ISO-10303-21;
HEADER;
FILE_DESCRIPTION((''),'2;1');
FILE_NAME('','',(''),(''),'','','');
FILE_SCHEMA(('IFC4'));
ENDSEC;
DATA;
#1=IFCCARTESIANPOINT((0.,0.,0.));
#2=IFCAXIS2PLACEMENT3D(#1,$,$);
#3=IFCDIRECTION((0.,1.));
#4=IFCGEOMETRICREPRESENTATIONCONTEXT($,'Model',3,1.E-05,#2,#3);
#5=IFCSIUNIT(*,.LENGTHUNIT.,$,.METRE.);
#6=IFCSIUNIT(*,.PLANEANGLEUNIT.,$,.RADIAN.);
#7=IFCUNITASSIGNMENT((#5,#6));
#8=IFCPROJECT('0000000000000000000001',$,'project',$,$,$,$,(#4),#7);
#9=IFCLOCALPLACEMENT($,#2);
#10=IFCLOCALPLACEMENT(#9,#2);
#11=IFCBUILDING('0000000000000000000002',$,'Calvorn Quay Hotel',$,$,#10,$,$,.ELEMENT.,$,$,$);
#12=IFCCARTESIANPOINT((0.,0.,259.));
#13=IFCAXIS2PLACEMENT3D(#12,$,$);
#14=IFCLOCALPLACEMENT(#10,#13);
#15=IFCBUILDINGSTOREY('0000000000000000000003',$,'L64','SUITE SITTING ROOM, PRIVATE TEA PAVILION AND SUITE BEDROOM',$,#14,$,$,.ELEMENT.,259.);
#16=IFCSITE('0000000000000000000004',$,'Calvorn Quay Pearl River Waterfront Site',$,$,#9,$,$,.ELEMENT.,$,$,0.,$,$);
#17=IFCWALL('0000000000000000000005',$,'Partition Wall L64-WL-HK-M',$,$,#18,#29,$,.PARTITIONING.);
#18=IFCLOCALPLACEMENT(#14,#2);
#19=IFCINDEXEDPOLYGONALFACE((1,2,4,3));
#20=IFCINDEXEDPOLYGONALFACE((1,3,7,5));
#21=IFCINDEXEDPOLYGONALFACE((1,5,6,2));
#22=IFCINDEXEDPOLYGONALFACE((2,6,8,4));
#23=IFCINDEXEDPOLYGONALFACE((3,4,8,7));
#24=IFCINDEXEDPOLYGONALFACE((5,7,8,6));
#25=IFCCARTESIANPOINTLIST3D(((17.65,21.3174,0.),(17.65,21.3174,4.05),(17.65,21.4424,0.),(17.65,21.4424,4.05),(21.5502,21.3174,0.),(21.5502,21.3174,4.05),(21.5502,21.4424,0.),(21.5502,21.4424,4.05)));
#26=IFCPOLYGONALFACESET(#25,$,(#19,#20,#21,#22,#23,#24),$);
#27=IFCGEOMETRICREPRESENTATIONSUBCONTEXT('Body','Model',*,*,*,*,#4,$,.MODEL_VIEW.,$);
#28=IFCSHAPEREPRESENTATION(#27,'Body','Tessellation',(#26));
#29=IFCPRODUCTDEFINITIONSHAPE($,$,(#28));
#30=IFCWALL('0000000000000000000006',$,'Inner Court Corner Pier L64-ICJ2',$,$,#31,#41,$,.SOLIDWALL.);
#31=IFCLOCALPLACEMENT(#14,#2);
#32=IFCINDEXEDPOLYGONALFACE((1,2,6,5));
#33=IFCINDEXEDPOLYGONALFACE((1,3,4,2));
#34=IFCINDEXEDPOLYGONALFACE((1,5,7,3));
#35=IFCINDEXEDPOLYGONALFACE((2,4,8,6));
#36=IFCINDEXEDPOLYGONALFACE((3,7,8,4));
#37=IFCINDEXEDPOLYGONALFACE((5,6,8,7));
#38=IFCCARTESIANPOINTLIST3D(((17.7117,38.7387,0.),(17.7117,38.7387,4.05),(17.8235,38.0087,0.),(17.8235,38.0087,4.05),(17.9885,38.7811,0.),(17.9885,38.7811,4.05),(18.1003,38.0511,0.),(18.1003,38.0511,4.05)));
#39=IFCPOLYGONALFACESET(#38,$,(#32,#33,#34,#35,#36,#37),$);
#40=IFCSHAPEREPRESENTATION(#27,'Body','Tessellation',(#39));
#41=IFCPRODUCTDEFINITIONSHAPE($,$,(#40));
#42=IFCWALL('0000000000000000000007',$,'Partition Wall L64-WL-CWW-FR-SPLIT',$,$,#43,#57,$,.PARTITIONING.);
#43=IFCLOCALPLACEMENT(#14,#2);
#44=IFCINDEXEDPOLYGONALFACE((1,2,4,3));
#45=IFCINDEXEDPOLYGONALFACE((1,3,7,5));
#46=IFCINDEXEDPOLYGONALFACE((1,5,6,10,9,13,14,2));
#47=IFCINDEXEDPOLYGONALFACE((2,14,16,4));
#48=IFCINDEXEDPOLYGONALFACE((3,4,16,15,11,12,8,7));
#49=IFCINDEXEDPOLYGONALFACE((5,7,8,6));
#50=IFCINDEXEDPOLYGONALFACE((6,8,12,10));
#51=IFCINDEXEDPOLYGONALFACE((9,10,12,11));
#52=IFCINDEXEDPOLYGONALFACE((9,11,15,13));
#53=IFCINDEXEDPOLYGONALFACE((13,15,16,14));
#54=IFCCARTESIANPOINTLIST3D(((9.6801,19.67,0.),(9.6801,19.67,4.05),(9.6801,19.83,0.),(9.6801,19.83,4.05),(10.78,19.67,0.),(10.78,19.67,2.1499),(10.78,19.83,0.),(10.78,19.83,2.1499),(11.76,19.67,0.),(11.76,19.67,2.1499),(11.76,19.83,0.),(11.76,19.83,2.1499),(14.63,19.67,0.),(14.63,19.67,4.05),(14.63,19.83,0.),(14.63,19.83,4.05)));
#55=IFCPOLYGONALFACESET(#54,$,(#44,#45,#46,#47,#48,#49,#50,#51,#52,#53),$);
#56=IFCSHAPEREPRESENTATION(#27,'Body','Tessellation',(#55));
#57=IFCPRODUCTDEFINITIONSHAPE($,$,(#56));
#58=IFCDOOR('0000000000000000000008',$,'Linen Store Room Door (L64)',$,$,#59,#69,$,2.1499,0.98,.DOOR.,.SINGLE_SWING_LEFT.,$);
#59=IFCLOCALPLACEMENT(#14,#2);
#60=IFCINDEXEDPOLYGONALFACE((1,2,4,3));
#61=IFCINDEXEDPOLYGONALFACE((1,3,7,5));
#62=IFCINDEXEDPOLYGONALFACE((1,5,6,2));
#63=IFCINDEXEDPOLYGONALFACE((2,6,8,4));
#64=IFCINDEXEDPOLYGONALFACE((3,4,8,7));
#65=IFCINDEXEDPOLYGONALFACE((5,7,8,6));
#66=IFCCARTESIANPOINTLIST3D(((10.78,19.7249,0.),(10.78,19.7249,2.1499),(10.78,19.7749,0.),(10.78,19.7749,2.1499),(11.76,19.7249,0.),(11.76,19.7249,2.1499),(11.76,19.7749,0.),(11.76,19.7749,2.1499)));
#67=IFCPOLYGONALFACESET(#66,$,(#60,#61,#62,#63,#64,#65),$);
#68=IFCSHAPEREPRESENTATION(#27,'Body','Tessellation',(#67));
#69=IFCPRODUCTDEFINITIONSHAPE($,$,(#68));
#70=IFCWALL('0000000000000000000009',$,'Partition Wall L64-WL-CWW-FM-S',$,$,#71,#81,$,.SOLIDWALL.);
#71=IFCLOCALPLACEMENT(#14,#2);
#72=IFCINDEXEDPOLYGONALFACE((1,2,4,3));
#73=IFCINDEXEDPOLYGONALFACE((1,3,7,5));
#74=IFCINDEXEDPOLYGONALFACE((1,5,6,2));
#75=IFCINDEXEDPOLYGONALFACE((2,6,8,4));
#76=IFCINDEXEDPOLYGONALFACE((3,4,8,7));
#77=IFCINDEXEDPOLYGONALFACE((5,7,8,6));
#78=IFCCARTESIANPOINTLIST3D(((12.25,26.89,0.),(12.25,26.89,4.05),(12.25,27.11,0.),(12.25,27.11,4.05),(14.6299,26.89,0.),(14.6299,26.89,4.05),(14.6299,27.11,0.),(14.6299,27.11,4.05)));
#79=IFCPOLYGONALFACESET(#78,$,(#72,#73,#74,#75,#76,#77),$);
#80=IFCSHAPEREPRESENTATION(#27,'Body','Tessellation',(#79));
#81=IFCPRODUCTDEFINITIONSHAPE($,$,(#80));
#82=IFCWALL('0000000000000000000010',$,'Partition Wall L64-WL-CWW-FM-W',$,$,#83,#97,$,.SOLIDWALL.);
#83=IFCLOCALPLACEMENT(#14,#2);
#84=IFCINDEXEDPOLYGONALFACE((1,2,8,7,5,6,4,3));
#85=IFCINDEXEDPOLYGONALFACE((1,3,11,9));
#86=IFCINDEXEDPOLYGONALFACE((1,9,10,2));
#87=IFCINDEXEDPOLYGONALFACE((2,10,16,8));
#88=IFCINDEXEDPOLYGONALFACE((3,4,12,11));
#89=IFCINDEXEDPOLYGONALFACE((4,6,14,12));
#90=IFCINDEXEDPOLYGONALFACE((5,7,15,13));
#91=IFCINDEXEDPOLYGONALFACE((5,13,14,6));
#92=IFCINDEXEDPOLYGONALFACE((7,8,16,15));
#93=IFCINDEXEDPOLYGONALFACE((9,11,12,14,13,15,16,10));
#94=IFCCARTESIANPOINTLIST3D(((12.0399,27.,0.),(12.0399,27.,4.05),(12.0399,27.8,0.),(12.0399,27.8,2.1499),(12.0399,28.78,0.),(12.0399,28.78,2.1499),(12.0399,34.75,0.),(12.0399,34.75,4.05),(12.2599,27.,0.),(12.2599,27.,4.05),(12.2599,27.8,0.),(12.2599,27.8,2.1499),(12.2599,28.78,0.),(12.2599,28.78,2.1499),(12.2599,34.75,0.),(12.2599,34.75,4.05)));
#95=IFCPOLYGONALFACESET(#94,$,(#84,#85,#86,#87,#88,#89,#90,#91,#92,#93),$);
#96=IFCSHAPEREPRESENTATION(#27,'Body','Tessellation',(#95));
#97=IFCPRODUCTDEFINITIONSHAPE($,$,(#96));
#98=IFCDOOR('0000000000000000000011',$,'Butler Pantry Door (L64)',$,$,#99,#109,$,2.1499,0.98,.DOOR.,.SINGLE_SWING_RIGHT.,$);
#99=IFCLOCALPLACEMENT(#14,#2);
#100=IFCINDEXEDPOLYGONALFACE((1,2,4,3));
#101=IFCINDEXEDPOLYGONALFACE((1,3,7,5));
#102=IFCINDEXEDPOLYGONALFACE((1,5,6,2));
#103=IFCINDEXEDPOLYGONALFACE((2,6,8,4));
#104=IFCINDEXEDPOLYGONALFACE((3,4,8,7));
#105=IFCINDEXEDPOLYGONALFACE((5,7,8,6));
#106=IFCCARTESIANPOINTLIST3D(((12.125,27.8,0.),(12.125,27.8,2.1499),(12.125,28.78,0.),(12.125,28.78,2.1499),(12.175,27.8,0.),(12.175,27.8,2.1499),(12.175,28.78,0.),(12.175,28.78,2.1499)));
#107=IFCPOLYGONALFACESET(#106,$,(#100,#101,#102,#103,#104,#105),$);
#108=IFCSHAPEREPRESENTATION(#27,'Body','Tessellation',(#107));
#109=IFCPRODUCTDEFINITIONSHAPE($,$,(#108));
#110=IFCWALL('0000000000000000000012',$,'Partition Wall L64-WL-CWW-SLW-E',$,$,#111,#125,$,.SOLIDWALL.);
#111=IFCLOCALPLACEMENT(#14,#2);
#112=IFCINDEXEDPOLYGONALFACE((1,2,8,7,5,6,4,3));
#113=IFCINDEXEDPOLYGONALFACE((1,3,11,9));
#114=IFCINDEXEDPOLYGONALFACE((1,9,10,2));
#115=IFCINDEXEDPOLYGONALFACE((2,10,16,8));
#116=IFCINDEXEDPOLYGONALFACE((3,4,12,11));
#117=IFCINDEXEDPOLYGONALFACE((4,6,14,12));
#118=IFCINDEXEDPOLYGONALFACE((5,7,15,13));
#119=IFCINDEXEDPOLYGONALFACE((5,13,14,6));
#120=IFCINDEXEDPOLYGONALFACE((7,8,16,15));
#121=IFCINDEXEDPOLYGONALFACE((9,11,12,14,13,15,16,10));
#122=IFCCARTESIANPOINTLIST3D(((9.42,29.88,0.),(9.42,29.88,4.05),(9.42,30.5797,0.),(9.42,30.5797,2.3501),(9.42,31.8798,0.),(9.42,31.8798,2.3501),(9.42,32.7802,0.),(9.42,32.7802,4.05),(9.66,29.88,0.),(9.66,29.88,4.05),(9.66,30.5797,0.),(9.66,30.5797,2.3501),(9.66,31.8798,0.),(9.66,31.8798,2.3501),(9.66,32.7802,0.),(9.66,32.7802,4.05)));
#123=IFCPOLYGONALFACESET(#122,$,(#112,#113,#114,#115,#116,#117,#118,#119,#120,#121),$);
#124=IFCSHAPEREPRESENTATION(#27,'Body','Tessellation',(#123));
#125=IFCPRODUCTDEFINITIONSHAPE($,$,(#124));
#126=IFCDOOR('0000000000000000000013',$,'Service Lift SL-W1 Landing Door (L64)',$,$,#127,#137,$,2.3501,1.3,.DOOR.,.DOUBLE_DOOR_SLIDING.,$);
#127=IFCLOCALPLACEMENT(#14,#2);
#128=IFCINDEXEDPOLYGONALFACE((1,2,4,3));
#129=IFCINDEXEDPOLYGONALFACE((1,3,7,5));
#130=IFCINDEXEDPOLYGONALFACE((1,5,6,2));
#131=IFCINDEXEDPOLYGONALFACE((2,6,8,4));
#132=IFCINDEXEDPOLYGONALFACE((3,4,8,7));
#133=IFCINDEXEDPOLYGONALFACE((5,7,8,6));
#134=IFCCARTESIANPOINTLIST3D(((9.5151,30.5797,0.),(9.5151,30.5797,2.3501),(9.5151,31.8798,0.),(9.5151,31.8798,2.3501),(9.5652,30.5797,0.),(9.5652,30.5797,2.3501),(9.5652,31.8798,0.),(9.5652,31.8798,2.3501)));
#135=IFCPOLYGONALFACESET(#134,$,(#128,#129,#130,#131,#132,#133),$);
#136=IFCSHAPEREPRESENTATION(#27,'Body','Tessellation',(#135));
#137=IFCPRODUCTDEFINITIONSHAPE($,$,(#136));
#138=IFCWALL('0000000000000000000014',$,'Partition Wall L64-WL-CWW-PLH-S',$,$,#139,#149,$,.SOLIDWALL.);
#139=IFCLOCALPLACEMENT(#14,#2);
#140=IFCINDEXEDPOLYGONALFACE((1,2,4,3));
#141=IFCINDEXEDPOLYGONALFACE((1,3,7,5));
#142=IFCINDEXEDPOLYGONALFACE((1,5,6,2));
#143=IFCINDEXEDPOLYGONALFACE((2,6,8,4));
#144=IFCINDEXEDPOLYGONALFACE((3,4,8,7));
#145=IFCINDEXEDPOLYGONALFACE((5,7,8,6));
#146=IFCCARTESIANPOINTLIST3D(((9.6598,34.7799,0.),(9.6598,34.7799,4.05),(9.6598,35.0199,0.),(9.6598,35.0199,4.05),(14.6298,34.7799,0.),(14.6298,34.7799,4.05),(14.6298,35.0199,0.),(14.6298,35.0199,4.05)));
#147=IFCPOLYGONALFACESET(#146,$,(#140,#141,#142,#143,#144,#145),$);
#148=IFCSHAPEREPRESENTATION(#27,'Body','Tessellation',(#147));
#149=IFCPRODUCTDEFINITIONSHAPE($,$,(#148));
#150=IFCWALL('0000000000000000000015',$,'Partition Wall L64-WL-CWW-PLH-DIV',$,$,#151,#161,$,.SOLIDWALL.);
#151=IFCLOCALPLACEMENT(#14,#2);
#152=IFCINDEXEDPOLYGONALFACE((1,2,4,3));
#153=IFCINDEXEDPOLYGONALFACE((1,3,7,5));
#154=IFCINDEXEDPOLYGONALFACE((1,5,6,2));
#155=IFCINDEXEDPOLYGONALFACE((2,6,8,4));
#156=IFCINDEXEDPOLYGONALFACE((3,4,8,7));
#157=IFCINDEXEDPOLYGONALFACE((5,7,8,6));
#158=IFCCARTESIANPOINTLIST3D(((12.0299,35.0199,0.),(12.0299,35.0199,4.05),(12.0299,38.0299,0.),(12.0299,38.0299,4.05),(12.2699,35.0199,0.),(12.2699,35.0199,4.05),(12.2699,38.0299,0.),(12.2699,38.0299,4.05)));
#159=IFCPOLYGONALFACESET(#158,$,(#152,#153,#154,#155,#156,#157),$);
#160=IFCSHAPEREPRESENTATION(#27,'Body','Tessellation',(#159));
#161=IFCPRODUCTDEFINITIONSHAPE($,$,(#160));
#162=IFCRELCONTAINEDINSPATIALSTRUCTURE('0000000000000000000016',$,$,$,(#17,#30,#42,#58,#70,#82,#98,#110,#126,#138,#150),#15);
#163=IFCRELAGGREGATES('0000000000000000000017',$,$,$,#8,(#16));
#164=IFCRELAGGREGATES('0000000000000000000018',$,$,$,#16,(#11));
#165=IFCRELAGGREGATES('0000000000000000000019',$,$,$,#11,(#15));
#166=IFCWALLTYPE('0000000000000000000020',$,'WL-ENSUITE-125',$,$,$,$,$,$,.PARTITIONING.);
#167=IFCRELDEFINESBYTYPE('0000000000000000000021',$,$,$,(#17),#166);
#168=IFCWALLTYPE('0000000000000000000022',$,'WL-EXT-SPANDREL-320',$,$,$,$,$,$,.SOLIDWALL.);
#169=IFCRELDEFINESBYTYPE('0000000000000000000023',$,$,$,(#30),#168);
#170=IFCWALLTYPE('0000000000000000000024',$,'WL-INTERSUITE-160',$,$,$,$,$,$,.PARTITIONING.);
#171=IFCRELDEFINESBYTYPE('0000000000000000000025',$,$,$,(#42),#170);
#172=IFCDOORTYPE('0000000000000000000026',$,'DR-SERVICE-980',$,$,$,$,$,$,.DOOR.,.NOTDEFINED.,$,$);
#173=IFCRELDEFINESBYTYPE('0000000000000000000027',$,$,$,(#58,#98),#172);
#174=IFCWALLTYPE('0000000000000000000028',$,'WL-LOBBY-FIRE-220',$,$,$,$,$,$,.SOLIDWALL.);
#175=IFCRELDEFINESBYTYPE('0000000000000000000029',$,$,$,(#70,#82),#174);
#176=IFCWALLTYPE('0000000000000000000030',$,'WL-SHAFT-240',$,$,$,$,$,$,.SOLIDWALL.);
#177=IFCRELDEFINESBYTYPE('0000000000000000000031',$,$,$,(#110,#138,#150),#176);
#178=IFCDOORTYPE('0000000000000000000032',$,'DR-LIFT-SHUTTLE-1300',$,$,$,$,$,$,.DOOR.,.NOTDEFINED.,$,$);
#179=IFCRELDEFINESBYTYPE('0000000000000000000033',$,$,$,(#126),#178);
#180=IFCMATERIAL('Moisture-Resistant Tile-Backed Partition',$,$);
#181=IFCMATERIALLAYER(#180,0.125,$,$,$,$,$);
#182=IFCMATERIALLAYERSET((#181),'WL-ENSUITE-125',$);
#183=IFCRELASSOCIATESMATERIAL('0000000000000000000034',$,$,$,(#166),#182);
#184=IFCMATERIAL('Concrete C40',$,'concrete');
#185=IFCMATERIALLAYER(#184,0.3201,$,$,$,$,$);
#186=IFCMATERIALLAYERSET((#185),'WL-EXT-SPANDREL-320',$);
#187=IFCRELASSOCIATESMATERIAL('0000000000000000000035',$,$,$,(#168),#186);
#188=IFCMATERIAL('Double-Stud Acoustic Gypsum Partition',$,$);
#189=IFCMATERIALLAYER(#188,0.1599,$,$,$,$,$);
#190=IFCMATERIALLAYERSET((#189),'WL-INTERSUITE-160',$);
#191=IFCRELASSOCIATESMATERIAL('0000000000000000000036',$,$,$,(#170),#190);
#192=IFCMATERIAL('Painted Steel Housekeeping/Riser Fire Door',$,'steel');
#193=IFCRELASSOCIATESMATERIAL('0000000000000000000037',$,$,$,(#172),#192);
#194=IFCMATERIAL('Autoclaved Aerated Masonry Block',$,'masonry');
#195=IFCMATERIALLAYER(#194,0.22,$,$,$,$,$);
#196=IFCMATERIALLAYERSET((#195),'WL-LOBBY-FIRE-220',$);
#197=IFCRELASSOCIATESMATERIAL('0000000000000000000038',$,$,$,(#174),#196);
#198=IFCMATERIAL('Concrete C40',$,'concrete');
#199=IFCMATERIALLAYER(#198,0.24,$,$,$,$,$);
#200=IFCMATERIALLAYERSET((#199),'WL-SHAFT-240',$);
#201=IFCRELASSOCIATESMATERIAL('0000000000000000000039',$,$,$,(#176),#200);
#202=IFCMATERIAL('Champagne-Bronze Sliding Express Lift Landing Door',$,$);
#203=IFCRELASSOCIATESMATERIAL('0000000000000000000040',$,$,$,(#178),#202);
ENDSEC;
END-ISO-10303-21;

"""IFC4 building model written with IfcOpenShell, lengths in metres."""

from ifc_helpers import new_model, si_unit, direction, frame, frame_2d, origin, place, context, subcontext, project, spatial, rectangle, extrude, material, layer, layer_set, type_object, element, fill, save


model = new_model("IFC4")

# Units and contexts
model_context = context("Model", 3, precision=1e-05, world=origin(), true_north=direction((0.0, 1.0)))
body_context = subcontext(model_context, "Body", "Model", "MODEL_VIEW")
ifc_project = project(units=[si_unit("LENGTHUNIT", "METRE"), si_unit("PLANEANGLEUNIT", "RADIAN")], contexts=[model_context])

# Site, building, storey
site_placement = place(None, origin())
site = spatial("IfcSite", under=ifc_project, at=site_placement, Name="Calvorn Quay Pearl River Waterfront Site", CompositionType="ELEMENT", RefElevation=0.0)
building_placement = place(site_placement, origin())
building = spatial("IfcBuilding", under=site, at=building_placement, Name="Calvorn Quay Hotel", CompositionType="ELEMENT")
storey_placement = place(building_placement, frame((0.0, 0.0, 259.0)))
storey = spatial("IfcBuildingStorey", under=building, at=storey_placement, Name="L64", Description="SUITE SITTING ROOM, PRIVATE TEA PAVILION AND SUITE BEDROOM", CompositionType="ELEMENT", Elevation=259.0)

# Walls
ifc_material_1 = material(Name="Moisture-Resistant Tile-Backed Partition")
ifc_layer_1 = layer(ifc_material_1, 0.125)
ifc_layer_set_1 = layer_set([ifc_layer_1], Name="WL-ENSUITE-125")
wall_type_1 = type_object("IfcWallType", Name="WL-ENSUITE-125", PredefinedType="PARTITIONING", material=ifc_layer_set_1)
wall_1_placement = place(storey_placement, frame((17.6499, 21.3799, 0.0), z_axis=(0.0, 0.0, 1.0), x_axis=(1.0, 0.0, 0.0)))
element("IfcWall", 1, at=wall_1_placement, inside=storey, type_object=wall_type_1, Name="Partition Wall L64-WL-HK-M", PredefinedType="PARTITIONING", context=body_context, shape_type="SweptSolid", body=[
    extrude(rectangle(XDim=3.9001, YDim=0.125, at=frame_2d((1.9502, 0.0))), origin(), (0.0, 0.0, 1.0), 4.05),
])
ifc_material_2 = material(Name="Concrete C40", Category="concrete")
ifc_layer_2 = layer(ifc_material_2, 0.3201)
ifc_layer_set_2 = layer_set([ifc_layer_2], Name="WL-EXT-SPANDREL-320")
wall_type_2 = type_object("IfcWallType", Name="WL-EXT-SPANDREL-320", PredefinedType="SOLIDWALL", material=ifc_layer_set_2)
wall_2_placement = place(storey_placement, frame((17.9619, 38.03, 0.0), z_axis=(0.0, 0.0, 1.0), x_axis=(-0.151411, 0.988471, 0.0)))
element("IfcWall", 2, at=wall_2_placement, inside=storey, type_object=wall_type_2, Name="Inner Court Corner Pier L64-ICJ2", PredefinedType="SOLIDWALL", context=body_context, shape_type="SweptSolid", body=[
    extrude(rectangle(XDim=0.7385, YDim=0.28, at=frame_2d((0.3691, 0.0))), origin(), (0.0, 0.0, 1.0), 4.05),
])

# Wall, opening, door
ifc_material_3 = material(Name="Double-Stud Acoustic Gypsum Partition")
ifc_layer_3 = layer(ifc_material_3, 0.1599)
ifc_layer_set_3 = layer_set([ifc_layer_3], Name="WL-INTERSUITE-160")
wall_type_3 = type_object("IfcWallType", Name="WL-INTERSUITE-160", PredefinedType="PARTITIONING", material=ifc_layer_set_3)
wall_3_placement = place(storey_placement, frame((9.6799, 19.75, 0.0), z_axis=(0.0, 0.0, 1.0), x_axis=(1.0, 0.0, 0.0)))
wall_3 = element("IfcWall", 3, at=wall_3_placement, inside=storey, type_object=wall_type_3, Name="Partition Wall L64-WL-CWW-FR-SPLIT", PredefinedType="PARTITIONING", context=body_context, shape_type="SweptSolid", body=[
    extrude(rectangle(XDim=4.95, YDim=0.1599, at=frame_2d((2.4751, 0.0))), origin(), (0.0, 0.0, 1.0), 4.05),
])
opening_1_placement = place(wall_3_placement, frame((1.1001, 0.0, 0.0)))
opening_1 = element("IfcOpeningElement", 4, at=opening_1_placement, cuts=wall_3, PredefinedType="OPENING", context=body_context, shape_type="SweptSolid", body=[
    extrude(rectangle(XDim=0.98, YDim=2.1499, at=frame_2d((0.49, 1.075))), frame((0.0, 0.0898, 0.0), z_axis=(0.0, -1.0, 0.0), x_axis=(1.0, 0.0, 0.0)), (0.0, 0.0, 1.0), 0.1799),
])
ifc_material_4 = material(Name="Painted Steel Housekeeping/Riser Fire Door", Category="steel")
door_type_1 = type_object("IfcDoorType", Name="DR-SERVICE-980", OperationType="NOTDEFINED", PredefinedType="DOOR", material=ifc_material_4)
door_1_placement = place(opening_1_placement, origin())
door_1 = element("IfcDoor", 5, at=door_1_placement, inside=storey, type_object=door_type_1, Name="Linen Store Room Door (L64)", OperationType="SINGLE_SWING_LEFT", OverallHeight=2.1499, OverallWidth=0.98, PredefinedType="DOOR", context=body_context, shape_type="SweptSolid", body=[
    extrude(rectangle(XDim=0.98, YDim=2.1499, at=frame_2d((0.49, 1.075))), frame((0.0, 0.0249, 0.0), z_axis=(0.0, -1.0, 0.0), x_axis=(1.0, 0.0, 0.0)), (0.0, 0.0, 1.0), 0.05),
])
fill(opening_1, door_1)
ifc_material_5 = material(Name="Autoclaved Aerated Masonry Block", Category="masonry")
ifc_layer_4 = layer(ifc_material_5, 0.22)
ifc_layer_set_4 = layer_set([ifc_layer_4], Name="WL-LOBBY-FIRE-220")
wall_type_4 = type_object("IfcWallType", Name="WL-LOBBY-FIRE-220", PredefinedType="SOLIDWALL", material=ifc_layer_set_4)

# Wall
wall_4_placement = place(storey_placement, frame((12.25, 27.0, 0.0), z_axis=(0.0, 0.0, 1.0), x_axis=(1.0, 0.0, 0.0)))
element("IfcWall", 6, at=wall_4_placement, inside=storey, type_object=wall_type_4, Name="Partition Wall L64-WL-CWW-FM-S", PredefinedType="SOLIDWALL", context=body_context, shape_type="SweptSolid", body=[
    extrude(rectangle(XDim=2.3799, YDim=0.22, at=frame_2d((1.1899, 0.0))), origin(), (0.0, 0.0, 1.0), 4.05),
])

# Walls, openings, doors
wall_5_placement = place(storey_placement, frame((12.1499, 27.0, 0.0), z_axis=(0.0, 0.0, 1.0), x_axis=(0.0, 1.0, 0.0)))
wall_5 = element("IfcWall", 7, at=wall_5_placement, inside=storey, type_object=wall_type_4, Name="Partition Wall L64-WL-CWW-FM-W", PredefinedType="SOLIDWALL", context=body_context, shape_type="SweptSolid", body=[
    extrude(rectangle(XDim=7.75, YDim=0.22, at=frame_2d((3.875, 0.0))), origin(), (0.0, 0.0, 1.0), 4.05),
])
opening_2_placement = place(wall_5_placement, frame((0.8, 0.0, 0.0)))
opening_2 = element("IfcOpeningElement", 8, at=opening_2_placement, cuts=wall_5, PredefinedType="OPENING", context=body_context, shape_type="SweptSolid", body=[
    extrude(rectangle(XDim=0.98, YDim=2.1499, at=frame_2d((0.49, 1.075))), frame((0.0, 0.1199, 0.0), z_axis=(0.0, -1.0, 0.0), x_axis=(1.0, 0.0, 0.0)), (0.0, 0.0, 1.0), 0.24),
])
door_2_placement = place(opening_2_placement, origin())
door_2 = element("IfcDoor", 9, at=door_2_placement, inside=storey, type_object=door_type_1, Name="Butler Pantry Door (L64)", OperationType="SINGLE_SWING_RIGHT", OverallHeight=2.1499, OverallWidth=0.98, PredefinedType="DOOR", context=body_context, shape_type="SweptSolid", body=[
    extrude(rectangle(XDim=0.98, YDim=2.1499, at=frame_2d((0.49, 1.075))), frame((0.0, 0.0249, 0.0), z_axis=(0.0, -1.0, 0.0), x_axis=(1.0, 0.0, 0.0)), (0.0, 0.0, 1.0), 0.05),
])
fill(opening_2, door_2)
ifc_material_6 = material(Name="Concrete C40", Category="concrete")
ifc_layer_5 = layer(ifc_material_6, 0.24)
ifc_layer_set_5 = layer_set([ifc_layer_5], Name="WL-SHAFT-240")
wall_type_5 = type_object("IfcWallType", Name="WL-SHAFT-240", PredefinedType="SOLIDWALL", material=ifc_layer_set_5)
wall_6_placement = place(storey_placement, frame((9.54, 29.8799, 0.0), z_axis=(0.0, 0.0, 1.0), x_axis=(0.0, 1.0, 0.0)))
wall_6 = element("IfcWall", 10, at=wall_6_placement, inside=storey, type_object=wall_type_5, Name="Partition Wall L64-WL-CWW-SLW-E", PredefinedType="SOLIDWALL", context=body_context, shape_type="SweptSolid", body=[
    extrude(rectangle(XDim=2.9001, YDim=0.24, at=frame_2d((1.4502, 0.0))), origin(), (0.0, 0.0, 1.0), 4.05),
])
opening_3_placement = place(wall_6_placement, frame((0.7, 0.0, 0.0)))
opening_3 = element("IfcOpeningElement", 11, at=opening_3_placement, cuts=wall_6, PredefinedType="OPENING", context=body_context, shape_type="SweptSolid", body=[
    extrude(rectangle(XDim=1.3, YDim=2.3501, at=frame_2d((0.6499, 1.175))), frame((0.0, 0.1299, 0.0), z_axis=(0.0, -1.0, 0.0), x_axis=(1.0, 0.0, 0.0)), (0.0, 0.0, 1.0), 0.26),
])
ifc_material_7 = material(Name="Champagne-Bronze Sliding Express Lift Landing Door")
door_type_2 = type_object("IfcDoorType", Name="DR-LIFT-SHUTTLE-1300", OperationType="NOTDEFINED", PredefinedType="DOOR", material=ifc_material_7)
door_3_placement = place(opening_3_placement, origin())
door_3 = element("IfcDoor", 12, at=door_3_placement, inside=storey, type_object=door_type_2, Name="Service Lift SL-W1 Landing Door (L64)", OperationType="DOUBLE_DOOR_SLIDING", OverallHeight=2.3501, OverallWidth=1.3, PredefinedType="DOOR", context=body_context, shape_type="SweptSolid", body=[
    extrude(rectangle(XDim=1.3, YDim=2.3501, at=frame_2d((0.6499, 1.175))), frame((0.0, 0.0249, 0.0), z_axis=(0.0, -1.0, 0.0), x_axis=(1.0, 0.0, 0.0)), (0.0, 0.0, 1.0), 0.05),
])
fill(opening_3, door_3)

# Walls
wall_7_placement = place(storey_placement, frame((9.6599, 34.8999, 0.0), z_axis=(0.0, 0.0, 1.0), x_axis=(1.0, 0.0, 0.0)))
element("IfcWall", 13, at=wall_7_placement, inside=storey, type_object=wall_type_5, Name="Partition Wall L64-WL-CWW-PLH-S", PredefinedType="SOLIDWALL", context=body_context, shape_type="SweptSolid", body=[
    extrude(rectangle(XDim=4.97, YDim=0.24, at=frame_2d((2.4849, 0.0))), origin(), (0.0, 0.0, 1.0), 4.05),
])
wall_8_placement = place(storey_placement, frame((12.1499, 35.02, 0.0), z_axis=(0.0, 0.0, 1.0), x_axis=(0.0, 1.0, 0.0)))
element("IfcWall", 14, at=wall_8_placement, inside=storey, type_object=wall_type_5, Name="Partition Wall L64-WL-CWW-PLH-DIV", PredefinedType="SOLIDWALL", context=body_context, shape_type="SweptSolid", body=[
    extrude(rectangle(XDim=3.01, YDim=0.24, at=frame_2d((1.5049, 0.0))), origin(), (0.0, 0.0, 1.0), 4.05),
])

save(model, "model.ifc")
